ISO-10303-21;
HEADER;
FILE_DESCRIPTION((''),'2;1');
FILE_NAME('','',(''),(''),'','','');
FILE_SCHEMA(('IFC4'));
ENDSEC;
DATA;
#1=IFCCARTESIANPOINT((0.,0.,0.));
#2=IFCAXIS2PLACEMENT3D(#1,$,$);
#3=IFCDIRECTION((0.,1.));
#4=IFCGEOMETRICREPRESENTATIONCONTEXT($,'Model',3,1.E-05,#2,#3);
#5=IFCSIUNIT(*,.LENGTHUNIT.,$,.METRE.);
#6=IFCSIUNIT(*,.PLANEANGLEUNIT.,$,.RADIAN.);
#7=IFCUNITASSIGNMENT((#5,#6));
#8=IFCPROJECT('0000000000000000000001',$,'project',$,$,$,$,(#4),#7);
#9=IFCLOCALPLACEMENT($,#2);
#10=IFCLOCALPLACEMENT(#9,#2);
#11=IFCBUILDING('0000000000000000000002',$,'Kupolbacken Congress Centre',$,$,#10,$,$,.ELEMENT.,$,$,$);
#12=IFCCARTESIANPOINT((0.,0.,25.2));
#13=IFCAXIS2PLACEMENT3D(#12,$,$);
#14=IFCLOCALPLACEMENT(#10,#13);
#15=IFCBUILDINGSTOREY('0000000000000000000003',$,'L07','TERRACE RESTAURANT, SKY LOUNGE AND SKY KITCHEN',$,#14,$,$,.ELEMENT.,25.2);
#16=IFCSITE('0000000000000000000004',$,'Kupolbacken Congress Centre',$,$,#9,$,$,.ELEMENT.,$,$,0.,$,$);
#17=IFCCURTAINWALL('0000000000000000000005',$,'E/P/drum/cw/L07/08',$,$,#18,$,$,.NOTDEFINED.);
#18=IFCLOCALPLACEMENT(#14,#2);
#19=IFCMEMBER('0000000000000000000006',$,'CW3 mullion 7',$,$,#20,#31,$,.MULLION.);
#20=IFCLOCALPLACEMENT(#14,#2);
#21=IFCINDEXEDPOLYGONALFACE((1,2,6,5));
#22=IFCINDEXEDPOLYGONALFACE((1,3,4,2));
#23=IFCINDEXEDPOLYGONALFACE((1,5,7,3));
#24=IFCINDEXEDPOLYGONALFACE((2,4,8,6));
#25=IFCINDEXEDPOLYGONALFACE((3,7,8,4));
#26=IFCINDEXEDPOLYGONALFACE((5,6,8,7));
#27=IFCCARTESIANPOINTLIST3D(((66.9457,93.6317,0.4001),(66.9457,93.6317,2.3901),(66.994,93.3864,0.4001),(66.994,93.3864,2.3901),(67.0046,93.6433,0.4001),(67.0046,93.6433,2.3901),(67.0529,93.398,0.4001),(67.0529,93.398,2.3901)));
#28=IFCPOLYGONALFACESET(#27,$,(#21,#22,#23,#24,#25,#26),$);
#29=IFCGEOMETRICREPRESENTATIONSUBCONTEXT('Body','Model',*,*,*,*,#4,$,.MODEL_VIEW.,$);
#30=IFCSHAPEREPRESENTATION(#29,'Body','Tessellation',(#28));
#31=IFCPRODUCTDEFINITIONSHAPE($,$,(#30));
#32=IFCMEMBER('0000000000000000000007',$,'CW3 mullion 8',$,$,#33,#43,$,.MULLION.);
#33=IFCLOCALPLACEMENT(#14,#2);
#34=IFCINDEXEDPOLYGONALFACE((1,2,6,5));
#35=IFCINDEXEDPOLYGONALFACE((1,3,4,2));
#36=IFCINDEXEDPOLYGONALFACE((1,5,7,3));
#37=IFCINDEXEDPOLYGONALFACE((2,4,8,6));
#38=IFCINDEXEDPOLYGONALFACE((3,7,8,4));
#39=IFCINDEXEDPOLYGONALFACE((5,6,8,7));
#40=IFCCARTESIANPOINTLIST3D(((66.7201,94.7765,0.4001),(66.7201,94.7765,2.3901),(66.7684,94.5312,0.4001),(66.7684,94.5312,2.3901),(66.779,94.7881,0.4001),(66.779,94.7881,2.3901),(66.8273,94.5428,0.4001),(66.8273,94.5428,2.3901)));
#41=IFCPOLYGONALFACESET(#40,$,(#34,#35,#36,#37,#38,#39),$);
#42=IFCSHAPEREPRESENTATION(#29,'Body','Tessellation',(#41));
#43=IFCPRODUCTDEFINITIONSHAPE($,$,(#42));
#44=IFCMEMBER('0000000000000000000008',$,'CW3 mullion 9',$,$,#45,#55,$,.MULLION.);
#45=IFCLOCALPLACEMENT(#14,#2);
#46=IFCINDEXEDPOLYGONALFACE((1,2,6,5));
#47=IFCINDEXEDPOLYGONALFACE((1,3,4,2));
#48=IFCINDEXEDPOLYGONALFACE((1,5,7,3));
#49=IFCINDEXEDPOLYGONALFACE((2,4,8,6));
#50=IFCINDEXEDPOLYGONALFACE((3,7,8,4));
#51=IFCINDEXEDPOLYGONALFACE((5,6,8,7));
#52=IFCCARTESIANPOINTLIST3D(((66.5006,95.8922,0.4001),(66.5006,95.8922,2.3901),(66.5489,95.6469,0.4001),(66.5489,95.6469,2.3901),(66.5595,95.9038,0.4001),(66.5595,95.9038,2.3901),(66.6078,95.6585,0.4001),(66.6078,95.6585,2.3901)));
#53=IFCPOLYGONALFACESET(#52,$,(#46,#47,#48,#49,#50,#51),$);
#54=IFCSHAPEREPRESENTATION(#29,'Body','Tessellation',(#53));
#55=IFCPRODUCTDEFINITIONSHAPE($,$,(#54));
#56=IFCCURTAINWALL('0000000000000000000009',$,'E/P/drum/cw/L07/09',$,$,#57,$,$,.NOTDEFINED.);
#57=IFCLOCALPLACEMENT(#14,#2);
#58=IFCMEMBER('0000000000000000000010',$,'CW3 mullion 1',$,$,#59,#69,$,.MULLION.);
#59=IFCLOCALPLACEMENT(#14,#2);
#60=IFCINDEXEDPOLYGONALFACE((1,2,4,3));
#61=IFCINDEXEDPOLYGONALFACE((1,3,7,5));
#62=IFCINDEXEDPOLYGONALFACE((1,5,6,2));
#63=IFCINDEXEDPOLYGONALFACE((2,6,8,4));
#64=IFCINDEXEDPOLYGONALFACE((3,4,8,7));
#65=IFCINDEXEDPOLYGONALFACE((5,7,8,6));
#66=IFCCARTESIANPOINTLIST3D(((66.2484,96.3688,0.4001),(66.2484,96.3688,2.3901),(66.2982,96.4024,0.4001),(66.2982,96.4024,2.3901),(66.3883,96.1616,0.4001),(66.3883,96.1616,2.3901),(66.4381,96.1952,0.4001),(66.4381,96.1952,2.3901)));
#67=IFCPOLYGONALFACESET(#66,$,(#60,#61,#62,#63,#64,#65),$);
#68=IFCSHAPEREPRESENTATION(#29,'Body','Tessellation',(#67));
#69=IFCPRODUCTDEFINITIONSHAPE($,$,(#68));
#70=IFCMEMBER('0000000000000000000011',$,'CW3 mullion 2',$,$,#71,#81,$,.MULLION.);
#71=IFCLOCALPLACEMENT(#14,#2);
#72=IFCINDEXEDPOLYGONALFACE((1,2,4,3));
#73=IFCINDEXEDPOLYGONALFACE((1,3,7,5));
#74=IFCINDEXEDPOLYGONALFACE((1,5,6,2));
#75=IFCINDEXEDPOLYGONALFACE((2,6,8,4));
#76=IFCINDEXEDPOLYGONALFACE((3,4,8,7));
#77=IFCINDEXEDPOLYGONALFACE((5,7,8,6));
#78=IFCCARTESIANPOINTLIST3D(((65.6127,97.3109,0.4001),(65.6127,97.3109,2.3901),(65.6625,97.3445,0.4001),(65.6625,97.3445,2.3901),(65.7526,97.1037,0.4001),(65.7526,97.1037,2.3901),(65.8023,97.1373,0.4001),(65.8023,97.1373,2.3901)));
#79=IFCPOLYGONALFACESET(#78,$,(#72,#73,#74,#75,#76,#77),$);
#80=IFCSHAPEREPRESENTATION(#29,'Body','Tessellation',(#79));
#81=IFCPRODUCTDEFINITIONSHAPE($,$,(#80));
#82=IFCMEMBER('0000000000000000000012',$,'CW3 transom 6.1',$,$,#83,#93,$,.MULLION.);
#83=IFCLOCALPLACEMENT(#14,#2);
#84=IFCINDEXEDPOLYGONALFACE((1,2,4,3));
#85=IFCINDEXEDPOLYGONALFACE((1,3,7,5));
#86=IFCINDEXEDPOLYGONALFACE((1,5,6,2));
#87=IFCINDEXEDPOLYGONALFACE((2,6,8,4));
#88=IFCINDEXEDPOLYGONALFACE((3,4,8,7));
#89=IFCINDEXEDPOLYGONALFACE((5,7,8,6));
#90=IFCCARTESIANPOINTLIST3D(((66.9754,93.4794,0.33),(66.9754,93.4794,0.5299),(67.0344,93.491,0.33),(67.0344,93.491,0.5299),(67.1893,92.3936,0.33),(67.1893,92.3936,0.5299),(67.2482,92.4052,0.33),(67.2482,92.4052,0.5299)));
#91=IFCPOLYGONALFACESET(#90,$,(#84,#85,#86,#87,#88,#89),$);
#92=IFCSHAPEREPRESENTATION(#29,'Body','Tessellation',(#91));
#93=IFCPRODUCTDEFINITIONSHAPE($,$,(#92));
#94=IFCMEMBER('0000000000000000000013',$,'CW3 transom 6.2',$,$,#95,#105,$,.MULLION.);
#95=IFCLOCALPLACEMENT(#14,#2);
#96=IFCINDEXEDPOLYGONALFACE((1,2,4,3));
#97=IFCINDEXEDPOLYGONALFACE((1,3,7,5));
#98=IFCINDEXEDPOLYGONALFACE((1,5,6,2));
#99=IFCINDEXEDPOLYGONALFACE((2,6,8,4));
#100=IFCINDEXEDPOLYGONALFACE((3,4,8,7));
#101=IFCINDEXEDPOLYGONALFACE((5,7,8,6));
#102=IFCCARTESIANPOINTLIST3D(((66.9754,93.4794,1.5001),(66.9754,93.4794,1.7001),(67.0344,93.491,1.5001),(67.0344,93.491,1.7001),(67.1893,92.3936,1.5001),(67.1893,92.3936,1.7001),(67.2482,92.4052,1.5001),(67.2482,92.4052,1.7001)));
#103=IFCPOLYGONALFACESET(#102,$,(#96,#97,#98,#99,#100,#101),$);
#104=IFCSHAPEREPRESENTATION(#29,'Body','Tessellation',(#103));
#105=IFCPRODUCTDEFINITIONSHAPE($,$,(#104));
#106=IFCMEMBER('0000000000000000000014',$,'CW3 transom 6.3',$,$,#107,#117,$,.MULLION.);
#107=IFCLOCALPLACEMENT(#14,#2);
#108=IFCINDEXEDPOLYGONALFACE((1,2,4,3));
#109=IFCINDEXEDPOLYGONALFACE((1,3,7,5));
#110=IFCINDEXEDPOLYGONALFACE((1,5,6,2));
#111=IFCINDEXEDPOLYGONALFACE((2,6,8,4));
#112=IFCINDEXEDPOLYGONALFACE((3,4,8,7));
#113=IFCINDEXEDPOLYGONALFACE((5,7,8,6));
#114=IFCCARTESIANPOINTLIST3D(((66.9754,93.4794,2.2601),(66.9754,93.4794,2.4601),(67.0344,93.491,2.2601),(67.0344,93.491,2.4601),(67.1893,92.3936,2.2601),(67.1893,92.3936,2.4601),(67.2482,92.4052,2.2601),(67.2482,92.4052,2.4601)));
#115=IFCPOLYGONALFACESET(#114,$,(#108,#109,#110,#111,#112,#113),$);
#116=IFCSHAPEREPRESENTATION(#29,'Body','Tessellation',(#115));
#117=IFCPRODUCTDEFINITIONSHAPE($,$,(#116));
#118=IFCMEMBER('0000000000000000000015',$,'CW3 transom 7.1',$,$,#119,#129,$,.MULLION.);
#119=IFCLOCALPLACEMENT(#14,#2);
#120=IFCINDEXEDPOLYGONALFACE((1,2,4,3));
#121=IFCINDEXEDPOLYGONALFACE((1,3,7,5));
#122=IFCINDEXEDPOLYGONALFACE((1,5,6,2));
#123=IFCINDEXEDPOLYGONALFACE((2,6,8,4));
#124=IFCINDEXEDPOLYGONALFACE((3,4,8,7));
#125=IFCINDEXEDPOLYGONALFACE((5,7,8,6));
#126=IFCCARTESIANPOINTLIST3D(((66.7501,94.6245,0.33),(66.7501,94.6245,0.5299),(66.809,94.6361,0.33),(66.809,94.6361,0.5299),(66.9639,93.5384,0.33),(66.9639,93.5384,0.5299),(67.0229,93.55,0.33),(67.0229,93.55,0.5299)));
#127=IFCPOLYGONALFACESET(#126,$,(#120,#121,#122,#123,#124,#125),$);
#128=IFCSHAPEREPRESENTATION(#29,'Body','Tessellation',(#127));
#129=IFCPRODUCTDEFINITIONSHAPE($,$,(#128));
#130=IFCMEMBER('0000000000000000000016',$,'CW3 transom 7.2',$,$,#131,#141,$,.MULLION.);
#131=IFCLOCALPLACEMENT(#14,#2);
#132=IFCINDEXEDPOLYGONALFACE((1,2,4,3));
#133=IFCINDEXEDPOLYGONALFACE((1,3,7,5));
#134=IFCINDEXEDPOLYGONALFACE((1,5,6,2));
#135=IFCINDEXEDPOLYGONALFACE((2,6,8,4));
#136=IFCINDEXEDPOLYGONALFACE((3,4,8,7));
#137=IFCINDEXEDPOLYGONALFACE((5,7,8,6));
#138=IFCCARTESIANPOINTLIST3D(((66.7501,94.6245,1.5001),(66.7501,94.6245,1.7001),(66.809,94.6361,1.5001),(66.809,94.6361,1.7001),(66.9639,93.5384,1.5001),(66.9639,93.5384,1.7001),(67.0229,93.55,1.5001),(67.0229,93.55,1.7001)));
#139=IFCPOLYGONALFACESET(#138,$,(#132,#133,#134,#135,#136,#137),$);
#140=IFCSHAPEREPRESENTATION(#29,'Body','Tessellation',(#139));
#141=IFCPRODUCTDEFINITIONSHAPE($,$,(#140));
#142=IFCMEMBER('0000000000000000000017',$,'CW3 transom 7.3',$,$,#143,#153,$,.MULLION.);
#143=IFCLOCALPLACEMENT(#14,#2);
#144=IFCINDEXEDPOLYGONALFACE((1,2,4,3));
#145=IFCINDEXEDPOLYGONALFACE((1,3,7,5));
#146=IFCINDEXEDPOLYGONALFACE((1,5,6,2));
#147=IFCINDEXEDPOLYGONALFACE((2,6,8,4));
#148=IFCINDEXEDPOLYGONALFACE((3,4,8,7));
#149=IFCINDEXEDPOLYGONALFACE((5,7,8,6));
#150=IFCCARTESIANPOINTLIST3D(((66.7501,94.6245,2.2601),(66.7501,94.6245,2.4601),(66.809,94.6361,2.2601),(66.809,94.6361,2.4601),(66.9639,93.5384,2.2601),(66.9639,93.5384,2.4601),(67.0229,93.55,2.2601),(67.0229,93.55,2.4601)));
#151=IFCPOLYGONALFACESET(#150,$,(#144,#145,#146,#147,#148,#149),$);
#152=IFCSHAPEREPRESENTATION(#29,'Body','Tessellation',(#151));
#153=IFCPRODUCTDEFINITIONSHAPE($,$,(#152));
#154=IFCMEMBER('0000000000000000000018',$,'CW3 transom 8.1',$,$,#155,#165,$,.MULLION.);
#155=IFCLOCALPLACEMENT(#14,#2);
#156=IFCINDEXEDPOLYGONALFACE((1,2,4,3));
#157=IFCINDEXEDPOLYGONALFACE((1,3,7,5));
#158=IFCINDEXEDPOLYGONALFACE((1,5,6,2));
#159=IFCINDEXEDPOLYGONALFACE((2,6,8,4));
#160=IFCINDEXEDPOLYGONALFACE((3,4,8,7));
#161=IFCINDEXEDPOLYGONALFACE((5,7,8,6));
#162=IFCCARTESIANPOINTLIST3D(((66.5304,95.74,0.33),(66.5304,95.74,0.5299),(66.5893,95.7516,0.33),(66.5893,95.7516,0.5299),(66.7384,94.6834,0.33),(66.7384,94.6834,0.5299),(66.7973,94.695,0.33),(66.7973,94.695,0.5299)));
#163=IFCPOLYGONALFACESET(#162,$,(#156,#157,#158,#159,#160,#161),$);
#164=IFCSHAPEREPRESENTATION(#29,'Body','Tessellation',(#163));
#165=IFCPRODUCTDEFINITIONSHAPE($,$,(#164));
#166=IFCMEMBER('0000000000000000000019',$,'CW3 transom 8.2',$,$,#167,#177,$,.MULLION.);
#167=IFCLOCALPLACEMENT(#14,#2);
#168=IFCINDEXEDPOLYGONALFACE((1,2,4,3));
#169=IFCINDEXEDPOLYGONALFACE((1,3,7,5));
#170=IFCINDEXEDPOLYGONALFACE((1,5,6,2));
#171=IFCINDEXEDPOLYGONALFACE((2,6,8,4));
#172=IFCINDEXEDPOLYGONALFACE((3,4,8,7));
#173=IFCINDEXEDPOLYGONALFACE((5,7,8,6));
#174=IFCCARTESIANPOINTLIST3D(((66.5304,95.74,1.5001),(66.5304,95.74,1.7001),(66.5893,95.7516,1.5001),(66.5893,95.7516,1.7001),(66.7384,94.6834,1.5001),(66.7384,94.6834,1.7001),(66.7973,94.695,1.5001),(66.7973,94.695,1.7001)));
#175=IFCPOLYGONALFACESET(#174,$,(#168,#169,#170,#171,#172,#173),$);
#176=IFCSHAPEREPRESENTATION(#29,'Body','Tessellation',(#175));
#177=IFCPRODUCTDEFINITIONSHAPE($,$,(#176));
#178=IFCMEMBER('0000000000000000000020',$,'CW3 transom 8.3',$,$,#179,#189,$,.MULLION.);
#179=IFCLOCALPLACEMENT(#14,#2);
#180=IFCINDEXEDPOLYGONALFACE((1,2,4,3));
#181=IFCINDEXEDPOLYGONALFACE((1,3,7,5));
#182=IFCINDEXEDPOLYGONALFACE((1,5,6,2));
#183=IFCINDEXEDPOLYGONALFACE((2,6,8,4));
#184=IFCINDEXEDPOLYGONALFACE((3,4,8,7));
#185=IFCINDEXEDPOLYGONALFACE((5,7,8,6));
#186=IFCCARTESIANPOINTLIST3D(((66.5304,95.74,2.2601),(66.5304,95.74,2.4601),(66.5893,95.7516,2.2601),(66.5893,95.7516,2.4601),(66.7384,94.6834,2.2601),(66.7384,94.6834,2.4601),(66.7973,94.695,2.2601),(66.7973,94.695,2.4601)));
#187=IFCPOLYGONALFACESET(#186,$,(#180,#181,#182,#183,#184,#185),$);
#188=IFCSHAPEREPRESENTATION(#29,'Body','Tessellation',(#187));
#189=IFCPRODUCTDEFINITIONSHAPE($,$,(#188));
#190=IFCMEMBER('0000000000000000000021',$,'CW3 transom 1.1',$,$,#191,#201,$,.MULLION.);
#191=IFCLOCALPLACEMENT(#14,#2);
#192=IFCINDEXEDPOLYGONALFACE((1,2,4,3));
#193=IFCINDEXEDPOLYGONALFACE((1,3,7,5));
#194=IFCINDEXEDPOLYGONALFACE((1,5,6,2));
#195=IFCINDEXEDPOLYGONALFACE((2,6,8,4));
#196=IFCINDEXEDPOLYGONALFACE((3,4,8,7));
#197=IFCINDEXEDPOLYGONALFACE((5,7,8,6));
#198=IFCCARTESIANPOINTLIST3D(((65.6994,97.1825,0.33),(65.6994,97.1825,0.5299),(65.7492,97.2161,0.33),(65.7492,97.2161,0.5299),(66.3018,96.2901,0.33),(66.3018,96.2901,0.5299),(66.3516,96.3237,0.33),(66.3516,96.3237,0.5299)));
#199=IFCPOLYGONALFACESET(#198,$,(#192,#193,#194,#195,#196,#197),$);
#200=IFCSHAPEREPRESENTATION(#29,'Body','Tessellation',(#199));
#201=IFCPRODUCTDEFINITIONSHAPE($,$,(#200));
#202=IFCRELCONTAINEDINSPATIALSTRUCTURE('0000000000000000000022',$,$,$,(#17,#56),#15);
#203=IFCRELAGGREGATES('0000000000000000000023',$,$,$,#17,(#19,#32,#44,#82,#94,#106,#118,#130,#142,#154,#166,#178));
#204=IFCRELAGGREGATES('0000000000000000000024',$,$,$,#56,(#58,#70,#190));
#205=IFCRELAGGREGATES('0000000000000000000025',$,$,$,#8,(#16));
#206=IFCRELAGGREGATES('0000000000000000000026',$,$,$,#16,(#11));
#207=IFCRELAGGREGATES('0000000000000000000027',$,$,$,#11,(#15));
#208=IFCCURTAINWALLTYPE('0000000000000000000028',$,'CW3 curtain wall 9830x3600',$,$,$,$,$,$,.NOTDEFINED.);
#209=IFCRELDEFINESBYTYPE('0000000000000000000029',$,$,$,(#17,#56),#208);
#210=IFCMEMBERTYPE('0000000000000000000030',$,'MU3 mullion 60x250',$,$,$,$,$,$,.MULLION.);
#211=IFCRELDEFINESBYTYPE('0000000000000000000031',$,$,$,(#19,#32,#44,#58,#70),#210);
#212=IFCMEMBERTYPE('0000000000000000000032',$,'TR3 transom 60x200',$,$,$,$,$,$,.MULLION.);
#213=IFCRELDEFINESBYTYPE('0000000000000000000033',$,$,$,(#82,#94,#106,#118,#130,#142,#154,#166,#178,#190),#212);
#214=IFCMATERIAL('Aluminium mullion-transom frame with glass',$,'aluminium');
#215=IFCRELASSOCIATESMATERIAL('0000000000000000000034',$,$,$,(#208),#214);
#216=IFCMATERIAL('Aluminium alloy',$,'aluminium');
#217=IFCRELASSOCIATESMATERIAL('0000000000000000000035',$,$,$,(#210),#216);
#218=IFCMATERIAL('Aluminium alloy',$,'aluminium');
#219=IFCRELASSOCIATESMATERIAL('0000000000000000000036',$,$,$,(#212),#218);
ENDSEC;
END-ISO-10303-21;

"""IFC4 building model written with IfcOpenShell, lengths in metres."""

from ifc_helpers import new_model, si_unit, direction, frame, origin, origin_2d, place, context, subcontext, project, spatial, rectangle, extrude, material, material_profile, profile_set, type_object, element, aggregate, save


model = new_model("IFC4")

# Units and contexts
model_context = context("Model", 3, precision=1e-05, world=origin(), true_north=direction((0.0, 1.0)))
body_context = subcontext(model_context, "Body", "Model", "MODEL_VIEW")
ifc_project = project(units=[si_unit("LENGTHUNIT", "METRE"), si_unit("PLANEANGLEUNIT", "RADIAN")], contexts=[model_context])

# Site, building, storey
site_placement = place(None, origin())
site = spatial("IfcSite", under=ifc_project, at=site_placement, Name="Kupolbacken Congress Centre", CompositionType="ELEMENT", RefElevation=0.0)
building_placement = place(site_placement, origin())
building = spatial("IfcBuilding", under=site, at=building_placement, Name="Kupolbacken Congress Centre", CompositionType="ELEMENT")
storey_placement = place(building_placement, frame((0.0, 0.0, 25.2)))
storey = spatial("IfcBuildingStorey", under=building, at=storey_placement, Name="L07", Description="TERRACE RESTAURANT, SKY LOUNGE AND SKY KITCHEN", CompositionType="ELEMENT", Elevation=25.2)

# Curtain walls, members
ifc_material_1 = material(Name="Aluminium mullion-transom frame with glass", Category="aluminium")
curtain_wall_type = type_object("IfcCurtainWallType", Name="CW3 curtain wall 9830x3600", PredefinedType="NOTDEFINED", material=ifc_material_1)
curtain_wall_1_placement = place(storey_placement, origin())
curtain_wall_1 = element("IfcCurtainWall", 1, at=curtain_wall_1_placement, inside=storey, type_object=curtain_wall_type, Name="E/P/drum/cw/L07/08", PredefinedType="NOTDEFINED")
ifc_material_2 = material(Name="Aluminium alloy", Category="aluminium")
ifc_material_profile_1 = material_profile(ifc_material_2, rectangle(XDim=0.0601, YDim=0.25, at=origin_2d()), Name="60 x 250")
ifc_profile_set_1 = profile_set([ifc_material_profile_1], Name="Aluminium alloy")
member_type_1 = type_object("IfcMemberType", Name="MU3 mullion 60x250", PredefinedType="MULLION", material=ifc_profile_set_1)
member_1_placement = place(storey_placement, frame((66.9993, 93.5149, 0.4001), z_axis=(0.0, 0.0, 1.0), x_axis=(-0.981163, -0.193182, 0.0)))
member_1 = element("IfcMember", 2, at=member_1_placement, type_object=member_type_1, Name="CW3 mullion 7", PredefinedType="MULLION", context=body_context, shape_type="SweptSolid", body=[
    extrude(rectangle(XDim=0.0601, YDim=0.25, at=origin_2d()), origin(), (0.0, 0.0, 1.0), 1.99),
])
member_2_placement = place(storey_placement, frame((66.7737, 94.6597, 0.4001), z_axis=(0.0, 0.0, 1.0), x_axis=(-0.981163, -0.193182, 0.0)))
member_2 = element("IfcMember", 3, at=member_2_placement, type_object=member_type_1, Name="CW3 mullion 8", PredefinedType="MULLION", context=body_context, shape_type="SweptSolid", body=[
    extrude(rectangle(XDim=0.0601, YDim=0.25, at=origin_2d()), origin(), (0.0, 0.0, 1.0), 1.99),
])
member_3_placement = place(storey_placement, frame((66.5542, 95.7754, 0.4001), z_axis=(0.0, 0.0, 1.0), x_axis=(-0.981163, -0.193182, 0.0)))
member_3 = element("IfcMember", 4, at=member_3_placement, type_object=member_type_1, Name="CW3 mullion 9", PredefinedType="MULLION", context=body_context, shape_type="SweptSolid", body=[
    extrude(rectangle(XDim=0.0601, YDim=0.25, at=origin_2d()), origin(), (0.0, 0.0, 1.0), 1.99),
])
curtain_wall_2_placement = place(storey_placement, origin())
curtain_wall_2 = element("IfcCurtainWall", 5, at=curtain_wall_2_placement, inside=storey, type_object=curtain_wall_type, Name="E/P/drum/cw/L07/09", PredefinedType="NOTDEFINED")
member_4_placement = place(storey_placement, frame((66.3433, 96.282, 0.4001), z_axis=(0.0, 0.0, 1.0), x_axis=(-0.828908, -0.559386, 0.0)))
member_4 = element("IfcMember", 6, at=member_4_placement, type_object=member_type_1, Name="CW3 mullion 1", PredefinedType="MULLION", context=body_context, shape_type="SweptSolid", body=[
    extrude(rectangle(XDim=0.0601, YDim=0.25, at=origin_2d()), origin(), (0.0, 0.0, 1.0), 1.99),
])
member_5_placement = place(storey_placement, frame((65.7075, 97.2241, 0.4001), z_axis=(0.0, 0.0, 1.0), x_axis=(-0.828908, -0.559386, 0.0)))
member_5 = element("IfcMember", 7, at=member_5_placement, type_object=member_type_1, Name="CW3 mullion 2", PredefinedType="MULLION", context=body_context, shape_type="SweptSolid", body=[
    extrude(rectangle(XDim=0.0601, YDim=0.25, at=origin_2d()), origin(), (0.0, 0.0, 1.0), 1.99),
])

# Members
ifc_material_3 = material(Name="Aluminium alloy", Category="aluminium")
ifc_material_profile_2 = material_profile(ifc_material_3, rectangle(XDim=0.0601, YDim=0.2, at=origin_2d()), Name="60 x 200")
ifc_profile_set_2 = profile_set([ifc_material_profile_2], Name="Aluminium alloy")
member_type_2 = type_object("IfcMemberType", Name="TR3 transom 60x200", PredefinedType="MULLION", material=ifc_profile_set_2)
member_6_placement = place(storey_placement, frame((67.2188, 92.3994, 0.4299), z_axis=(-0.193231, 0.981153, 0.0), x_axis=(-0.981153, -0.193231, 0.0)))
member_6 = element("IfcMember", 8, at=member_6_placement, type_object=member_type_2, Name="CW3 transom 6.1", PredefinedType="MULLION", context=body_context, shape_type="SweptSolid", body=[
    extrude(rectangle(XDim=0.0601, YDim=0.2, at=origin_2d()), origin(), (0.0, 0.0, 1.0), 1.1067),
])
member_7_placement = place(storey_placement, frame((67.2188, 92.3994, 1.6001), z_axis=(-0.193231, 0.981153, 0.0), x_axis=(-0.981153, -0.193231, 0.0)))
member_7 = element("IfcMember", 9, at=member_7_placement, type_object=member_type_2, Name="CW3 transom 6.2", PredefinedType="MULLION", context=body_context, shape_type="SweptSolid", body=[
    extrude(rectangle(XDim=0.0601, YDim=0.2, at=origin_2d()), origin(), (0.0, 0.0, 1.0), 1.1067),
])
member_8_placement = place(storey_placement, frame((67.2188, 92.3994, 2.3601), z_axis=(-0.193231, 0.981153, 0.0), x_axis=(-0.981153, -0.193231, 0.0)))
member_8 = element("IfcMember", 10, at=member_8_placement, type_object=member_type_2, Name="CW3 transom 6.3", PredefinedType="MULLION", context=body_context, shape_type="SweptSolid", body=[
    extrude(rectangle(XDim=0.0601, YDim=0.2, at=origin_2d()), origin(), (0.0, 0.0, 1.0), 1.1067),
])
member_9_placement = place(storey_placement, frame((66.9934, 93.5442, 0.4299), z_axis=(-0.193189, 0.981162, 0.0), x_axis=(-0.981162, -0.193189, 0.0)))
member_9 = element("IfcMember", 11, at=member_9_placement, type_object=member_type_2, Name="CW3 transom 7.1", PredefinedType="MULLION", context=body_context, shape_type="SweptSolid", body=[
    extrude(rectangle(XDim=0.0601, YDim=0.2, at=origin_2d()), origin(), (0.0, 0.0, 1.0), 1.1069),
])
member_10_placement = place(storey_placement, frame((66.9934, 93.5442, 1.6001), z_axis=(-0.193189, 0.981162, 0.0), x_axis=(-0.981162, -0.193189, 0.0)))
member_10 = element("IfcMember", 12, at=member_10_placement, type_object=member_type_2, Name="CW3 transom 7.2", PredefinedType="MULLION", context=body_context, shape_type="SweptSolid", body=[
    extrude(rectangle(XDim=0.0601, YDim=0.2, at=origin_2d()), origin(), (0.0, 0.0, 1.0), 1.1069),
])
member_11_placement = place(storey_placement, frame((66.9934, 93.5442, 2.3601), z_axis=(-0.193189, 0.981162, 0.0), x_axis=(-0.981162, -0.193189, 0.0)))
member_11 = element("IfcMember", 13, at=member_11_placement, type_object=member_type_2, Name="CW3 transom 7.3", PredefinedType="MULLION", context=body_context, shape_type="SweptSolid", body=[
    extrude(rectangle(XDim=0.0601, YDim=0.2, at=origin_2d()), origin(), (0.0, 0.0, 1.0), 1.1069),
])
member_12_placement = place(storey_placement, frame((66.7678, 94.6892, 0.4299), z_axis=(-0.193151, 0.981169, 0.0), x_axis=(-0.981169, -0.193151, 0.0)))
member_12 = element("IfcMember", 14, at=member_12_placement, type_object=member_type_2, Name="CW3 transom 8.1", PredefinedType="MULLION", context=body_context, shape_type="SweptSolid", body=[
    extrude(rectangle(XDim=0.0601, YDim=0.2, at=origin_2d()), origin(), (0.0, 0.0, 1.0), 1.0769),
])
member_13_placement = place(storey_placement, frame((66.7678, 94.6892, 1.6001), z_axis=(-0.193151, 0.981169, 0.0), x_axis=(-0.981169, -0.193151, 0.0)))
member_13 = element("IfcMember", 15, at=member_13_placement, type_object=member_type_2, Name="CW3 transom 8.2", PredefinedType="MULLION", context=body_context, shape_type="SweptSolid", body=[
    extrude(rectangle(XDim=0.0601, YDim=0.2, at=origin_2d()), origin(), (0.0, 0.0, 1.0), 1.0769),
])
member_14_placement = place(storey_placement, frame((66.7678, 94.6892, 2.3601), z_axis=(-0.193151, 0.981169, 0.0), x_axis=(-0.981169, -0.193151, 0.0)))
member_14 = element("IfcMember", 16, at=member_14_placement, type_object=member_type_2, Name="CW3 transom 8.3", PredefinedType="MULLION", context=body_context, shape_type="SweptSolid", body=[
    extrude(rectangle(XDim=0.0601, YDim=0.2, at=origin_2d()), origin(), (0.0, 0.0, 1.0), 1.0769),
])
member_15_placement = place(storey_placement, frame((66.3267, 96.3069, 0.4299), z_axis=(-0.559453, 0.828862, 0.0), x_axis=(-0.828862, -0.559453, 0.0)))
member_15 = element("IfcMember", 17, at=member_15_placement, type_object=member_type_2, Name="CW3 transom 1.1", PredefinedType="MULLION", context=body_context, shape_type="SweptSolid", body=[
    extrude(rectangle(XDim=0.0601, YDim=0.2, at=origin_2d()), origin(), (0.0, 0.0, 1.0), 1.0767),
])

aggregate(curtain_wall_1, [member_1, member_2, member_3, member_6, member_7, member_8, member_9, member_10, member_11, member_12, member_13, member_14])
aggregate(curtain_wall_2, [member_4, member_5, member_15])

save(model, "model.ifc")
